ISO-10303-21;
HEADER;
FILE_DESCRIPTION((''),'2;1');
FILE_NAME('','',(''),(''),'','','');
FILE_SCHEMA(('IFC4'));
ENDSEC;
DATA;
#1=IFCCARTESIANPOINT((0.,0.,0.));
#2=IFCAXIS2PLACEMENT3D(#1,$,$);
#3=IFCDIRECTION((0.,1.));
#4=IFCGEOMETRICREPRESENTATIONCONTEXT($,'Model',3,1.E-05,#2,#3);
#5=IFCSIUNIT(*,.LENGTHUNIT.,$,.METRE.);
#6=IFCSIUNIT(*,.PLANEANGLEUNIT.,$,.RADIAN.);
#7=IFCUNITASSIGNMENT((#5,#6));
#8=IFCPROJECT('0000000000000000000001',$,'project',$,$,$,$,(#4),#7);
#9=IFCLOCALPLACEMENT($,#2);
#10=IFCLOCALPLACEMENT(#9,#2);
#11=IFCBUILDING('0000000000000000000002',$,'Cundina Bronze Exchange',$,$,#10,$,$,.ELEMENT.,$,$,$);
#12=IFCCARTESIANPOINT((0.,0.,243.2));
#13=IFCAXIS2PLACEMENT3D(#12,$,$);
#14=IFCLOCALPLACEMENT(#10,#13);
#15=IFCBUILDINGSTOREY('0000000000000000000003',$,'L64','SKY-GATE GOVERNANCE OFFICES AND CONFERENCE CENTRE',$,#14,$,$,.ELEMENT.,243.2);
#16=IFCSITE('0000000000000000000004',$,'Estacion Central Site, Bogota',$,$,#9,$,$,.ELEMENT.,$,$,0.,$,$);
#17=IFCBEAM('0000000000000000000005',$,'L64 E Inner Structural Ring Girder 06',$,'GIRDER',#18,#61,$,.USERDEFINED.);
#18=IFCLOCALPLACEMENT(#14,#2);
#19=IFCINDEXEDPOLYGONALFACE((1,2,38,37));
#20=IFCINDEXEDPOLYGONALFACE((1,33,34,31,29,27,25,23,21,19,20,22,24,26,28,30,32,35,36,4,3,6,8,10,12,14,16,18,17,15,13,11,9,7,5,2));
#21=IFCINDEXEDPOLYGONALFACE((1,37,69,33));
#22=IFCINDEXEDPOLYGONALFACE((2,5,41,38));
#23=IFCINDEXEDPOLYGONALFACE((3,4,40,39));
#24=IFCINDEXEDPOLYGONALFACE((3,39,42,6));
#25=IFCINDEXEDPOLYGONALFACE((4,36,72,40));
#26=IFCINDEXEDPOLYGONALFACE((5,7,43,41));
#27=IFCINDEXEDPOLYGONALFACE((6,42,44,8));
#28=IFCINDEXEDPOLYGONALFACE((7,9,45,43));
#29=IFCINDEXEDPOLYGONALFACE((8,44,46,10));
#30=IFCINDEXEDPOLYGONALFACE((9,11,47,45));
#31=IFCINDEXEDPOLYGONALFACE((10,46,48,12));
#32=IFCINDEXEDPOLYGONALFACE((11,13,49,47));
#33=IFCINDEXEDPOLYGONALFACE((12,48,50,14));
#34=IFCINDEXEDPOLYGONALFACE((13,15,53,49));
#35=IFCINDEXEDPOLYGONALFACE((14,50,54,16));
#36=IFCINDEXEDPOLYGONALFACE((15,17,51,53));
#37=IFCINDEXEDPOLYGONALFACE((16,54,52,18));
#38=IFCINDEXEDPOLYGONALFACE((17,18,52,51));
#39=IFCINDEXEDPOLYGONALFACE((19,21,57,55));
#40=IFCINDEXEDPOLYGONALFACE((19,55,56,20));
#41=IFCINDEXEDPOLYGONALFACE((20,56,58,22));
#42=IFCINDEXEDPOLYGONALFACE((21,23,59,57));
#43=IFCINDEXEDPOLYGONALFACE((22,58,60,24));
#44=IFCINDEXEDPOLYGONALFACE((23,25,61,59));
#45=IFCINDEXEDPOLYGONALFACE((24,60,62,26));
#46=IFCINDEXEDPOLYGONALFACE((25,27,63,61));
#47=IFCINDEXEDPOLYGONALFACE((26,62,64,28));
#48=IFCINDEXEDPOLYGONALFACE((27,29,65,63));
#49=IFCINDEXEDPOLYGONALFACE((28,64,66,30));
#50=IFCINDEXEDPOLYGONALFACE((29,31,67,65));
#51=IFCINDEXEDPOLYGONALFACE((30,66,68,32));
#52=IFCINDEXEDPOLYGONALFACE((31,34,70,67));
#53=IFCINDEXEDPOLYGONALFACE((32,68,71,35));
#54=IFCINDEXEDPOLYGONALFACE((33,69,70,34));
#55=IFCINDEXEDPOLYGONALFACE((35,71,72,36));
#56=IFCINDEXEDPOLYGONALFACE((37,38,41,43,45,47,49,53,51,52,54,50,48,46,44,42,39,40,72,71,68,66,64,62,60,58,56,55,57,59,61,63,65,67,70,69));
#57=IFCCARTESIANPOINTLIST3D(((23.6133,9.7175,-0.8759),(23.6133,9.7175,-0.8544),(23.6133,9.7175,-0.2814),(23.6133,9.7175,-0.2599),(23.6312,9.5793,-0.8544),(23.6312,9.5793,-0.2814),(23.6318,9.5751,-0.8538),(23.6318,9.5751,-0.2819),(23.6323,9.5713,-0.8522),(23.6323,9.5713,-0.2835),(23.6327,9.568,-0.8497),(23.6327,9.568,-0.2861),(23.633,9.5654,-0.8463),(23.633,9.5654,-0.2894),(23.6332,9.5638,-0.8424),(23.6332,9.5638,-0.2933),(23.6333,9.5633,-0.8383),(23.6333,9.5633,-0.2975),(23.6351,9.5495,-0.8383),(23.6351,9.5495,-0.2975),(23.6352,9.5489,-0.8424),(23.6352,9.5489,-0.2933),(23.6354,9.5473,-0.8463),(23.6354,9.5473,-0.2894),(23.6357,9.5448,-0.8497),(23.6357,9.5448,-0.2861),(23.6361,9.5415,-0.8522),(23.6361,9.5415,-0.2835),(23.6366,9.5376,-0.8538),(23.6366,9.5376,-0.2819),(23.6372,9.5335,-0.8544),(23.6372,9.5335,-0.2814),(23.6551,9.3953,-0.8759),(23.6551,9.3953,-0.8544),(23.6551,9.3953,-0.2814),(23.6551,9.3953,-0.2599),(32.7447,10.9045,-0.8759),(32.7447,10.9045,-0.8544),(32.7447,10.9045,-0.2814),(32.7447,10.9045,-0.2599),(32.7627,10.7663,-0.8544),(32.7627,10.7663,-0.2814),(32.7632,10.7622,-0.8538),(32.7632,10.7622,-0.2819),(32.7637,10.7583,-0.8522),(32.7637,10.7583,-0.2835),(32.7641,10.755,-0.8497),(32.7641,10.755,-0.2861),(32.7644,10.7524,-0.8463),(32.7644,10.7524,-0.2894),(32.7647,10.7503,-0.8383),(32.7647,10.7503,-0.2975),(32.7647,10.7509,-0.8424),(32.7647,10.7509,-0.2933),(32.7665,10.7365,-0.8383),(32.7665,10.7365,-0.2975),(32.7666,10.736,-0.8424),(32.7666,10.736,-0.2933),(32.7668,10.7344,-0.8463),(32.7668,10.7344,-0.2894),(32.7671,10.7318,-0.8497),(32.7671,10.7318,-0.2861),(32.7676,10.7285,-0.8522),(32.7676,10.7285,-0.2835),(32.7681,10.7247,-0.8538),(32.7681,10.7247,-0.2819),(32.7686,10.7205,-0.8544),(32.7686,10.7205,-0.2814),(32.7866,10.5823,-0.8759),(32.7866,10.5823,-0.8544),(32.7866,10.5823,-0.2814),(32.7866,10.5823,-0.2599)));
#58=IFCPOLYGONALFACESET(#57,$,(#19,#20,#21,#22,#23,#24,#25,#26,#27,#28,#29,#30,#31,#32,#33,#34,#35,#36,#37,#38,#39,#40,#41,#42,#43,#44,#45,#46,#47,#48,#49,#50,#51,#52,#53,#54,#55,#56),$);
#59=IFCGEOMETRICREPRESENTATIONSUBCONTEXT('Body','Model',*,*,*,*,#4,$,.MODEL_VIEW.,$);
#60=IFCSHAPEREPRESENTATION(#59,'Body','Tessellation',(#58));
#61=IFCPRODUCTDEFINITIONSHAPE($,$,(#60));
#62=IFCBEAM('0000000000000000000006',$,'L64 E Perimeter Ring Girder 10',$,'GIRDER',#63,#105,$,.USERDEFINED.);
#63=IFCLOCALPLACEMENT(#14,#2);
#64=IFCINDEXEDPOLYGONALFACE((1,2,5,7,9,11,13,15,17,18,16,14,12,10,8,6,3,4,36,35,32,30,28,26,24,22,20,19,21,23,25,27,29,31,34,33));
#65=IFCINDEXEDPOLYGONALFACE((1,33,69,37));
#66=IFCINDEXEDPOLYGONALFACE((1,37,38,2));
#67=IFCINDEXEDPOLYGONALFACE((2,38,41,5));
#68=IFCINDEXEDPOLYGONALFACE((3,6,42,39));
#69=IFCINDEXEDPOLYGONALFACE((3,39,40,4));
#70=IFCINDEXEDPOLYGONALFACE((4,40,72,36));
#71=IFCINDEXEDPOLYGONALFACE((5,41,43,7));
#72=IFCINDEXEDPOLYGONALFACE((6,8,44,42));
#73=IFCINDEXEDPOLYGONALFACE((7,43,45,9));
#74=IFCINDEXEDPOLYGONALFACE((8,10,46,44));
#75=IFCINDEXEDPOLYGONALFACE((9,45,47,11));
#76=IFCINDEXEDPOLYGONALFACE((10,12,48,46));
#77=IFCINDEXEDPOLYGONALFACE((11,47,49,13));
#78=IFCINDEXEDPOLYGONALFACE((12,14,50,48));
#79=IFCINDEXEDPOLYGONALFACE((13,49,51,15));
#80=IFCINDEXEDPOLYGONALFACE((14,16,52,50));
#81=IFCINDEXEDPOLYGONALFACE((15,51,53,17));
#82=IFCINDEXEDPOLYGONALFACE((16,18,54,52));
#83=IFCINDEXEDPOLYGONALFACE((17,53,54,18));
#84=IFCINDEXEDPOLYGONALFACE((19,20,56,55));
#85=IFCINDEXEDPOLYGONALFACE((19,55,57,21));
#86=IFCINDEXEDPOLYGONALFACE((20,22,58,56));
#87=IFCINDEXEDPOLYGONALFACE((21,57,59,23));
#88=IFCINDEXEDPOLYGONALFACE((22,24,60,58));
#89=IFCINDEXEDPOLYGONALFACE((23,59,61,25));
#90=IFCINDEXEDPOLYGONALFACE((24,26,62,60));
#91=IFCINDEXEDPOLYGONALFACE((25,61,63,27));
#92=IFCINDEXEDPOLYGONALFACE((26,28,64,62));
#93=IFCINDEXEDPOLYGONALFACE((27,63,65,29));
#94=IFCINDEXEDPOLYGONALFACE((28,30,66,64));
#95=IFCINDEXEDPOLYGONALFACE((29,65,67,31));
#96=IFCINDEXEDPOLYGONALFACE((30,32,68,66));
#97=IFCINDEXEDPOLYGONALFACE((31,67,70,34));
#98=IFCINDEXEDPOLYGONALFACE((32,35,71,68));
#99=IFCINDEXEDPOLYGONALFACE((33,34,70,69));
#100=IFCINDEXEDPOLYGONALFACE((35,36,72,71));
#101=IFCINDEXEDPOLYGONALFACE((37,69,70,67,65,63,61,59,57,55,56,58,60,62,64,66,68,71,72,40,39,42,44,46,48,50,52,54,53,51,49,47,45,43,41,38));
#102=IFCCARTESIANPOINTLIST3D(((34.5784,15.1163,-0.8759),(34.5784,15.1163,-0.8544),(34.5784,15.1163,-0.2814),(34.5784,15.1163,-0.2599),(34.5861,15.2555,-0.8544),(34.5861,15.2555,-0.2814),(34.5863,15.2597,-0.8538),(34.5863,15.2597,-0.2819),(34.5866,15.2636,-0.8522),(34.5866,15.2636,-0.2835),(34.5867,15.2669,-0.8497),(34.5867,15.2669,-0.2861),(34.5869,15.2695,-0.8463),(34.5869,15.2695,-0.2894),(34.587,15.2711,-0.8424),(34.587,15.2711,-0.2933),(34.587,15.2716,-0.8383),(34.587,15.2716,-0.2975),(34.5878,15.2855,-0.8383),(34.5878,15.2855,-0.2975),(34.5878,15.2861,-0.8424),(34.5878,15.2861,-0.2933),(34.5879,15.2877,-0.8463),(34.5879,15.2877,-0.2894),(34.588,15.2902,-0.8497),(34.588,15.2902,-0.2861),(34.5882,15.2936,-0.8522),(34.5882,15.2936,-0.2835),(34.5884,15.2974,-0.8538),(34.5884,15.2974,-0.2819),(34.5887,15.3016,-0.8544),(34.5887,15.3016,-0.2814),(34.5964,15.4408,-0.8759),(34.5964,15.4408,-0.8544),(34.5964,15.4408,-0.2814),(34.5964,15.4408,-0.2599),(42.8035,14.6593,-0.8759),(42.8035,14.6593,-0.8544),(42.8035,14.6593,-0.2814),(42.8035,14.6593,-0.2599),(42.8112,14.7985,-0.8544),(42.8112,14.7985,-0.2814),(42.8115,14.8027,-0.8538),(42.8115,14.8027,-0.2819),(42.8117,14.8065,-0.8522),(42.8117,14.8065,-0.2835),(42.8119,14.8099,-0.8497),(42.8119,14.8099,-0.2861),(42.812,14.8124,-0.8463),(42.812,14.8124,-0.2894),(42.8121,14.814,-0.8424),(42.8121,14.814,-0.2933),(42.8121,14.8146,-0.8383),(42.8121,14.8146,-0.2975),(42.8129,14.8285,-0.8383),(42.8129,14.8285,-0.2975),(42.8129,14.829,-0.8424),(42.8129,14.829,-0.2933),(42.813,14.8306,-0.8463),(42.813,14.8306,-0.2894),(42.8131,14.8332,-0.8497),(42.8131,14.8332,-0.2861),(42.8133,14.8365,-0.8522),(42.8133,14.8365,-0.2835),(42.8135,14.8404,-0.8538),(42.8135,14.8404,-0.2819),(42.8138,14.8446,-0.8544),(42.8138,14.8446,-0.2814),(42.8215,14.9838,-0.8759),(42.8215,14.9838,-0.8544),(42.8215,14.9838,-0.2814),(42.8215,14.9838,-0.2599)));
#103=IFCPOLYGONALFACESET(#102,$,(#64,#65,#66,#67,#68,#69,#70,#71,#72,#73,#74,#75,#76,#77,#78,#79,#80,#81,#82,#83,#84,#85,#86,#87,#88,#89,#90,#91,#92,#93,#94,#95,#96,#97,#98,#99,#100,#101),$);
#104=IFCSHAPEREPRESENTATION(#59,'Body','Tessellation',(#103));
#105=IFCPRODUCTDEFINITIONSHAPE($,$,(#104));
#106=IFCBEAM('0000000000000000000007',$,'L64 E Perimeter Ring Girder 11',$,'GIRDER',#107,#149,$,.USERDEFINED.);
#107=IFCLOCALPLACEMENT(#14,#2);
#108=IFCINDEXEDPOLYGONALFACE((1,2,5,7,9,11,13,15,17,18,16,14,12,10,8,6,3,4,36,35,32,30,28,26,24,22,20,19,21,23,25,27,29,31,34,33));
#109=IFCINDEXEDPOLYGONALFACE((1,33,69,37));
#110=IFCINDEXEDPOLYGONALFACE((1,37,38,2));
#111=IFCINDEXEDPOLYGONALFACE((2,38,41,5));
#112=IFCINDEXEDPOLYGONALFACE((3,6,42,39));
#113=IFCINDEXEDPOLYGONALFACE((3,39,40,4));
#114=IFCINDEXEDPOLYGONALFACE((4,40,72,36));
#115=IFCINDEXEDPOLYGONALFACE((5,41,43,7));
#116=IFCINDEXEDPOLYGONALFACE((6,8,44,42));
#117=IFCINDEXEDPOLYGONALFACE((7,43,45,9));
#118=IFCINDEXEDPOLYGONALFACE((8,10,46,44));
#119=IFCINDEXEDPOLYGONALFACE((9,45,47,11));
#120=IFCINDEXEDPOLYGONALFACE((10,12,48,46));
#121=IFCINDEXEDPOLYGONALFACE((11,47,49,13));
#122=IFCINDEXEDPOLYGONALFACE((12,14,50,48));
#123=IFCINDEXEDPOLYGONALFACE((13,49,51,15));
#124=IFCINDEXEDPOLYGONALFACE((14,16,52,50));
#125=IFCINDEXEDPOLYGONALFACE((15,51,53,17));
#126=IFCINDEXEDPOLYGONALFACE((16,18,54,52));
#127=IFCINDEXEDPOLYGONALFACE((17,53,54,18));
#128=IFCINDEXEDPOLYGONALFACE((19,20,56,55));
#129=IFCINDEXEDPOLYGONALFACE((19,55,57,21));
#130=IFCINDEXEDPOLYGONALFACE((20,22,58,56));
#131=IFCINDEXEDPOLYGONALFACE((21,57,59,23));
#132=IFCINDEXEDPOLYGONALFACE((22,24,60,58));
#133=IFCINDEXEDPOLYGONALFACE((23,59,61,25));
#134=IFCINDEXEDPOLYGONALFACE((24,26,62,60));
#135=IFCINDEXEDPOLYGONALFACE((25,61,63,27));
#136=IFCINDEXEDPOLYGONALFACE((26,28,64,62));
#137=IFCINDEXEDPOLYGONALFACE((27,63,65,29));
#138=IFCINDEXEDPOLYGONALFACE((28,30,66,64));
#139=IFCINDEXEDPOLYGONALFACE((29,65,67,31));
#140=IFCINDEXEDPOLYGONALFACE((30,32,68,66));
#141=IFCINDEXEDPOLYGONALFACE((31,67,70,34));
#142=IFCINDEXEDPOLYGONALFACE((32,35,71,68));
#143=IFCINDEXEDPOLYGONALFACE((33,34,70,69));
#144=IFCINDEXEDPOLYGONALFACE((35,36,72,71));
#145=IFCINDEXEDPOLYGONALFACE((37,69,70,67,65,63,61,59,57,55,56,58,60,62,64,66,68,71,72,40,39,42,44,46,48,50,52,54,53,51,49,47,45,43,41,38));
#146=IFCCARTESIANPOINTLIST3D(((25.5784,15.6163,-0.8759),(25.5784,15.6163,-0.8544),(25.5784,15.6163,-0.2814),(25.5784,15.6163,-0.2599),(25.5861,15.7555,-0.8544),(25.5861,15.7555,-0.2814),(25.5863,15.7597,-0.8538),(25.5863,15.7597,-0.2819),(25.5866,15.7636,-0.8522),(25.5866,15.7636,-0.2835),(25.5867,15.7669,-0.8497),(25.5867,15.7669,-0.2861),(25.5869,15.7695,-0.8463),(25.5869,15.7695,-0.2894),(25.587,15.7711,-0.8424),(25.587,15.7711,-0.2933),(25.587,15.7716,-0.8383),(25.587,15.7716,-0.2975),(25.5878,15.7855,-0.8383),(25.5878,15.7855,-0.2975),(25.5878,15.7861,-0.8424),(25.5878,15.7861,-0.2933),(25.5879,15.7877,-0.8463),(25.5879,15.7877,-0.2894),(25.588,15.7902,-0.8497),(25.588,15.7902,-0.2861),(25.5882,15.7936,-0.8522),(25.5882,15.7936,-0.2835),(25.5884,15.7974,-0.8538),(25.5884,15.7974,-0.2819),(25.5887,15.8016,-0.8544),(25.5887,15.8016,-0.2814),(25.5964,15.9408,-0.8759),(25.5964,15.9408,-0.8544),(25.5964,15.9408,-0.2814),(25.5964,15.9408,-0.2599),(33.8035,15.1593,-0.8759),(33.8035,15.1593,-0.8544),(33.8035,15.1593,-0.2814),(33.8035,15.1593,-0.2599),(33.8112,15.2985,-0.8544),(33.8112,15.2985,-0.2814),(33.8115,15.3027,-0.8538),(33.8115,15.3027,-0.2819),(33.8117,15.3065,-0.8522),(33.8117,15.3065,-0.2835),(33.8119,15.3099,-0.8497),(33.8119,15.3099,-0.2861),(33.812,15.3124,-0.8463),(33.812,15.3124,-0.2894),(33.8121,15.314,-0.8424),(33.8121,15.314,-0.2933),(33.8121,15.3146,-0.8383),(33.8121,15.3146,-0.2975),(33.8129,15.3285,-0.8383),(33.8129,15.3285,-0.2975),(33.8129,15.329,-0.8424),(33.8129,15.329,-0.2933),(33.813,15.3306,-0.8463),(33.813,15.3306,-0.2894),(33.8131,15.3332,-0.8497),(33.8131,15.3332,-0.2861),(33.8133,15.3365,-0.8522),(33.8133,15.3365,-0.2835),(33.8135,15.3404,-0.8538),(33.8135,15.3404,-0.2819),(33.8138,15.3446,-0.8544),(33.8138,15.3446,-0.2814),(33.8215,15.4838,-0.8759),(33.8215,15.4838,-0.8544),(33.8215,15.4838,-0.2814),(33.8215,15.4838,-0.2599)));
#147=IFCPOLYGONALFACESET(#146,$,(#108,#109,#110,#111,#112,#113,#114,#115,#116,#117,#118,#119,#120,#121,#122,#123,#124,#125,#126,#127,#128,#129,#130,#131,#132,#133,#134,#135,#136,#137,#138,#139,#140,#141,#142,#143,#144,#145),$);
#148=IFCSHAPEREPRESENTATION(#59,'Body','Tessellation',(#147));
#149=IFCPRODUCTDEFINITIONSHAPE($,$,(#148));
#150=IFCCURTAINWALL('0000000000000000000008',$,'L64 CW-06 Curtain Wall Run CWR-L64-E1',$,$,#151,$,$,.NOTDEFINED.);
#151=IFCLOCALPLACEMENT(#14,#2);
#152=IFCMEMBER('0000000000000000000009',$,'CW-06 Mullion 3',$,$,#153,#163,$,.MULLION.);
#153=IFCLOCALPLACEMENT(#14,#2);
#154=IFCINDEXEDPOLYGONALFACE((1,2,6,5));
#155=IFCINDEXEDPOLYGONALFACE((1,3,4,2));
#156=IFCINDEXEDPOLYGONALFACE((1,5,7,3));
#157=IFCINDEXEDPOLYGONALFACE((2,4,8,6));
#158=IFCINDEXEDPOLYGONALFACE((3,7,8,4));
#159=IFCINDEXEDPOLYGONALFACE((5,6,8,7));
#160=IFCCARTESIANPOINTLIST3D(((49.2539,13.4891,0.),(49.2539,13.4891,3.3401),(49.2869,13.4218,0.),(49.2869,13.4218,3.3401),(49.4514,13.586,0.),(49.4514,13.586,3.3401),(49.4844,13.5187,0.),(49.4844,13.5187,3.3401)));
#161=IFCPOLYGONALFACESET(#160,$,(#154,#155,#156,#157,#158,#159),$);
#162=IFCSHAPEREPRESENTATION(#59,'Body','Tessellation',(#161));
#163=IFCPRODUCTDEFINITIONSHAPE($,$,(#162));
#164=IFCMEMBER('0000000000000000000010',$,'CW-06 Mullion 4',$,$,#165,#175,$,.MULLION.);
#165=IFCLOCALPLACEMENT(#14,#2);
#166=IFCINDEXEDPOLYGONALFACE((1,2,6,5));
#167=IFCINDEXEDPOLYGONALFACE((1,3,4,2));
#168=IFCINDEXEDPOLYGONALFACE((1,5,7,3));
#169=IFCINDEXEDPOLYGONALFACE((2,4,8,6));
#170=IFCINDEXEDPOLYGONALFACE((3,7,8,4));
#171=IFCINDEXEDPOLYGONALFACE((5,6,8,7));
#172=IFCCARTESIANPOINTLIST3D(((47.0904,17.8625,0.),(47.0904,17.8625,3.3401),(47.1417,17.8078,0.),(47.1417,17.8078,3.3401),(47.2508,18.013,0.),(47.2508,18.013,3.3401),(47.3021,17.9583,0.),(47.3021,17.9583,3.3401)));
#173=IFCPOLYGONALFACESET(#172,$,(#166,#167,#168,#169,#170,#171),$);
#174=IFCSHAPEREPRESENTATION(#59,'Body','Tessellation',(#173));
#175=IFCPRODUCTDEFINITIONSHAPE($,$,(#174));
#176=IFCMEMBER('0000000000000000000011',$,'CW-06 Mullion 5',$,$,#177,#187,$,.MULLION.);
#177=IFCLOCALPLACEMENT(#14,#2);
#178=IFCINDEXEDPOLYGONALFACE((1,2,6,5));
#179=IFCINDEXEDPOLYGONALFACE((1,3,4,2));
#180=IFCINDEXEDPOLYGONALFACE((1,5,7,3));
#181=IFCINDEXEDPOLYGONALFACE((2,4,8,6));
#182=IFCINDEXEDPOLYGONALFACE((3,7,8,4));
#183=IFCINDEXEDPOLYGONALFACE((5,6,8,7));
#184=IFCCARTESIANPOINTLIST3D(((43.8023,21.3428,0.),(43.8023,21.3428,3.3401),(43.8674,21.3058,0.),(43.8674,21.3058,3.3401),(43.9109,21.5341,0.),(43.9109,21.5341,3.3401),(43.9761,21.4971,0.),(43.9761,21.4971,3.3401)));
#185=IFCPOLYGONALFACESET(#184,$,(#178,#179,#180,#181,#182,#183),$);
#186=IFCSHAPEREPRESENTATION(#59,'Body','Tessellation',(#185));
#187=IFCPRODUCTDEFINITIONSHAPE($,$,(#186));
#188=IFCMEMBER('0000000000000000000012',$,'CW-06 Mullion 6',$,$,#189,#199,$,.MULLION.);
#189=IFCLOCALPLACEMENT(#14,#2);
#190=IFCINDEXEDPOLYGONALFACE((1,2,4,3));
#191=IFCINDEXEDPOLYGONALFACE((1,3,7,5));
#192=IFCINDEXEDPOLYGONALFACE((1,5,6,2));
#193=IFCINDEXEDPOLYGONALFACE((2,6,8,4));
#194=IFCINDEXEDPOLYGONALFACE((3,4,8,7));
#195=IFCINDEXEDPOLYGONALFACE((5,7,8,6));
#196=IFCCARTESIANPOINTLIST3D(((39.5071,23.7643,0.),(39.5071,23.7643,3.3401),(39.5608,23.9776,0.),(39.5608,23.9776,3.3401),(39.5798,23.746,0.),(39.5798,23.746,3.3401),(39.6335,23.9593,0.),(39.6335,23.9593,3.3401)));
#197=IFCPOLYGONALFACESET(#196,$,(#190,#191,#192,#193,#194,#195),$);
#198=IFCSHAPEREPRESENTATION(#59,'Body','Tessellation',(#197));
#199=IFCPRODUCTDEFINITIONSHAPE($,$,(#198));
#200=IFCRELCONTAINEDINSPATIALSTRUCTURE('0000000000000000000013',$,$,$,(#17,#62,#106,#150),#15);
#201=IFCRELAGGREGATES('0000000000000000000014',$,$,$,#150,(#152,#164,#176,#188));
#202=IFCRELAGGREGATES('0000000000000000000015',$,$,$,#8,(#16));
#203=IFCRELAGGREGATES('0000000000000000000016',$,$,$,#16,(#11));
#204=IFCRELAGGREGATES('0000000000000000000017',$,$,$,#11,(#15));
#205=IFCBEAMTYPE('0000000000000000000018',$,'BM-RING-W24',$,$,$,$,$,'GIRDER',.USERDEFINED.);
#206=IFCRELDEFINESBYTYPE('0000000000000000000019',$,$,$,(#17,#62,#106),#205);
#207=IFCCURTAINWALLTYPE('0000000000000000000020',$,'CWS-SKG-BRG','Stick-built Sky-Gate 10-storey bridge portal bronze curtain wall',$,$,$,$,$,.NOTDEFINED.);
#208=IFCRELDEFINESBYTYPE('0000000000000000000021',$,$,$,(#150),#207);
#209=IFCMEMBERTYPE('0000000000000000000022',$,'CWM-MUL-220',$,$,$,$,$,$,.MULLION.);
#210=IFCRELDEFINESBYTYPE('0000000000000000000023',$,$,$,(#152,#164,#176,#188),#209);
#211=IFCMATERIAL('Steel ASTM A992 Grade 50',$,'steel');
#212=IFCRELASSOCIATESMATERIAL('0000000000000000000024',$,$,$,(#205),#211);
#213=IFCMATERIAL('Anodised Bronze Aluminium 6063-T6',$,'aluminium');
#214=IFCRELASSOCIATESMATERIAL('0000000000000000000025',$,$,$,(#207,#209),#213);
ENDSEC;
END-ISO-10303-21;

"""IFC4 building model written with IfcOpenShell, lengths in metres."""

from ifc_helpers import new_model, si_unit, direction, frame, origin, origin_2d, place, context, subcontext, project, spatial, rectangle, i_section, extrude, material, material_profile, profile_set, type_object, element, aggregate, save


model = new_model("IFC4")

# Units and contexts
model_context = context("Model", 3, precision=1e-05, world=origin(), true_north=direction((0.0, 1.0)))
body_context = subcontext(model_context, "Body", "Model", "MODEL_VIEW")
ifc_project = project(units=[si_unit("LENGTHUNIT", "METRE"), si_unit("PLANEANGLEUNIT", "RADIAN")], contexts=[model_context])

# Site, building, storey
site_placement = place(None, origin())
site = spatial("IfcSite", under=ifc_project, at=site_placement, Name="Estacion Central Site, Bogota", CompositionType="ELEMENT", RefElevation=0.0)
building_placement = place(site_placement, origin())
building = spatial("IfcBuilding", under=site, at=building_placement, Name="Cundina Bronze Exchange", CompositionType="ELEMENT")
storey_placement = place(building_placement, frame((0.0, 0.0, 243.2)))
storey = spatial("IfcBuildingStorey", under=building, at=storey_placement, Name="L64", Description="SKY-GATE GOVERNANCE OFFICES AND CONFERENCE CENTRE", CompositionType="ELEMENT", Elevation=243.2)

# Beams
ifc_material_1 = material(Name="Steel ASTM A992 Grade 50", Category="steel")
ifc_material_profile_1 = material_profile(ifc_material_1, i_section(OverallWidth=0.325, OverallDepth=0.616, WebThickness=0.0139, FlangeThickness=0.0215, FilletRadius=0.0161, at=origin_2d()), Name="W24X117", Category="steel")
ifc_profile_set_1 = profile_set([ifc_material_profile_1], Name="Steel ASTM A992 Grade 50")
beam_type_1 = type_object("IfcBeamType", Name="BM-RING-W24", ElementType="GIRDER", PredefinedType="USERDEFINED", material=ifc_profile_set_1)
beam_1_placement = place(storey_placement, frame((32.7656, 10.7434, -0.5679), z_axis=(-0.991656, -0.128908, 0.0), x_axis=(0.128908, -0.991656, 0.0)))
element("IfcBeam", 1, at=beam_1_placement, inside=storey, type_object=beam_type_1, Name="L64 E Inner Structural Ring Girder 06", ObjectType="GIRDER", PredefinedType="USERDEFINED", context=body_context, shape_type="SweptSolid", body=[
    extrude(i_section(OverallWidth=0.325, OverallDepth=0.616, WebThickness=0.0139, FlangeThickness=0.0215, FilletRadius=0.0161, at=origin_2d()), origin(), (0.0, 0.0, 1.0), 9.2083),
])
for number, where, z_axis, x_axis, name in (
    (2, (42.8125, 14.8215, -0.5679), (-0.99846, 0.05548, 0.0), (-0.05548, -0.99846, 0.0), "L64 E Perimeter Ring Girder 10"),
    (3, (33.8125, 15.3215, -0.5679), (-0.99846, 0.05548, 0.0), (-0.05548, -0.99846, 0.0), "L64 E Perimeter Ring Girder 11"),
):
    element("IfcBeam", number, at=place(storey_placement, frame(where, z_axis=z_axis, x_axis=x_axis)), inside=storey, type_object=beam_type_1, Name=name, ObjectType="GIRDER", PredefinedType="USERDEFINED", context=body_context, shape_type="SweptSolid", body=[
        extrude(i_section(OverallWidth=0.325, OverallDepth=0.616, WebThickness=0.0139, FlangeThickness=0.0215, FilletRadius=0.0161, at=origin_2d()), origin(), (0.0, 0.0, 1.0), 8.2378),
    ])

# Curtain wall, members
ifc_material_2 = material(Name="Anodised Bronze Aluminium 6063-T6", Category="aluminium")
curtain_wall_type = type_object("IfcCurtainWallType", Name="CWS-SKG-BRG", Description="Stick-built Sky-Gate 10-storey bridge portal bronze curtain wall", PredefinedType="NOTDEFINED", material=ifc_material_2)
curtain_wall_1_placement = place(storey_placement, origin())
curtain_wall_1 = element("IfcCurtainWall", 4, at=curtain_wall_1_placement, inside=storey, type_object=curtain_wall_type, Name="L64 CW-06 Curtain Wall Run CWR-L64-E1", PredefinedType="NOTDEFINED")
ifc_material_profile_2 = material_profile(ifc_material_2, rectangle(XDim=0.075, YDim=0.22, at=origin_2d()), Name="AL75X220", Category="aluminium")
ifc_profile_set_2 = profile_set([ifc_material_profile_2], Name="Anodised Bronze Aluminium 6063-T6")
member_type_1 = type_object("IfcMemberType", Name="CWM-MUL-220", PredefinedType="MULLION", material=ifc_profile_set_2)
member_1_placement = place(storey_placement, frame((49.3691, 13.5039, 0.0), z_axis=(0.0, 0.0, 1.0), x_axis=(-0.440566, 0.89772, 0.0)))
member_1 = element("IfcMember", 5, at=member_1_placement, type_object=member_type_1, Name="CW-06 Mullion 3", PredefinedType="MULLION", context=body_context, shape_type="SweptSolid", body=[
    extrude(rectangle(XDim=0.075, YDim=0.22, at=origin_2d()), origin(), (0.0, 0.0, 1.0), 3.3401),
])
member_2_placement = place(storey_placement, frame((47.1963, 17.9104, 0.0), z_axis=(0.0, 0.0, 1.0), x_axis=(-0.684293, 0.729208, 0.0)))
member_2 = element("IfcMember", 6, at=member_2_placement, type_object=member_type_1, Name="CW-06 Mullion 4", PredefinedType="MULLION", context=body_context, shape_type="SweptSolid", body=[
    extrude(rectangle(XDim=0.075, YDim=0.22, at=origin_2d()), origin(), (0.0, 0.0, 1.0), 3.3401),
])
member_3_placement = place(storey_placement, frame((43.8892, 21.4199, 0.0), z_axis=(0.0, 0.0, 1.0), x_axis=(-0.869581, 0.49379, 0.0)))
member_3 = element("IfcMember", 7, at=member_3_placement, type_object=member_type_1, Name="CW-06 Mullion 5", PredefinedType="MULLION", context=body_context, shape_type="SweptSolid", body=[
    extrude(rectangle(XDim=0.075, YDim=0.22, at=origin_2d()), origin(), (0.0, 0.0, 1.0), 3.3401),
])
member_4_placement = place(storey_placement, frame((39.5703, 23.8618, 0.0), z_axis=(0.0, 0.0, 1.0), x_axis=(-0.969744, 0.244123, 0.0)))
member_4 = element("IfcMember", 8, at=member_4_placement, type_object=member_type_1, Name="CW-06 Mullion 6", PredefinedType="MULLION", context=body_context, shape_type="SweptSolid", body=[
    extrude(rectangle(XDim=0.075, YDim=0.22, at=origin_2d()), origin(), (0.0, 0.0, 1.0), 3.3401),
])

aggregate(curtain_wall_1, [member_1, member_2, member_3, member_4])

save(model, "model.ifc")
